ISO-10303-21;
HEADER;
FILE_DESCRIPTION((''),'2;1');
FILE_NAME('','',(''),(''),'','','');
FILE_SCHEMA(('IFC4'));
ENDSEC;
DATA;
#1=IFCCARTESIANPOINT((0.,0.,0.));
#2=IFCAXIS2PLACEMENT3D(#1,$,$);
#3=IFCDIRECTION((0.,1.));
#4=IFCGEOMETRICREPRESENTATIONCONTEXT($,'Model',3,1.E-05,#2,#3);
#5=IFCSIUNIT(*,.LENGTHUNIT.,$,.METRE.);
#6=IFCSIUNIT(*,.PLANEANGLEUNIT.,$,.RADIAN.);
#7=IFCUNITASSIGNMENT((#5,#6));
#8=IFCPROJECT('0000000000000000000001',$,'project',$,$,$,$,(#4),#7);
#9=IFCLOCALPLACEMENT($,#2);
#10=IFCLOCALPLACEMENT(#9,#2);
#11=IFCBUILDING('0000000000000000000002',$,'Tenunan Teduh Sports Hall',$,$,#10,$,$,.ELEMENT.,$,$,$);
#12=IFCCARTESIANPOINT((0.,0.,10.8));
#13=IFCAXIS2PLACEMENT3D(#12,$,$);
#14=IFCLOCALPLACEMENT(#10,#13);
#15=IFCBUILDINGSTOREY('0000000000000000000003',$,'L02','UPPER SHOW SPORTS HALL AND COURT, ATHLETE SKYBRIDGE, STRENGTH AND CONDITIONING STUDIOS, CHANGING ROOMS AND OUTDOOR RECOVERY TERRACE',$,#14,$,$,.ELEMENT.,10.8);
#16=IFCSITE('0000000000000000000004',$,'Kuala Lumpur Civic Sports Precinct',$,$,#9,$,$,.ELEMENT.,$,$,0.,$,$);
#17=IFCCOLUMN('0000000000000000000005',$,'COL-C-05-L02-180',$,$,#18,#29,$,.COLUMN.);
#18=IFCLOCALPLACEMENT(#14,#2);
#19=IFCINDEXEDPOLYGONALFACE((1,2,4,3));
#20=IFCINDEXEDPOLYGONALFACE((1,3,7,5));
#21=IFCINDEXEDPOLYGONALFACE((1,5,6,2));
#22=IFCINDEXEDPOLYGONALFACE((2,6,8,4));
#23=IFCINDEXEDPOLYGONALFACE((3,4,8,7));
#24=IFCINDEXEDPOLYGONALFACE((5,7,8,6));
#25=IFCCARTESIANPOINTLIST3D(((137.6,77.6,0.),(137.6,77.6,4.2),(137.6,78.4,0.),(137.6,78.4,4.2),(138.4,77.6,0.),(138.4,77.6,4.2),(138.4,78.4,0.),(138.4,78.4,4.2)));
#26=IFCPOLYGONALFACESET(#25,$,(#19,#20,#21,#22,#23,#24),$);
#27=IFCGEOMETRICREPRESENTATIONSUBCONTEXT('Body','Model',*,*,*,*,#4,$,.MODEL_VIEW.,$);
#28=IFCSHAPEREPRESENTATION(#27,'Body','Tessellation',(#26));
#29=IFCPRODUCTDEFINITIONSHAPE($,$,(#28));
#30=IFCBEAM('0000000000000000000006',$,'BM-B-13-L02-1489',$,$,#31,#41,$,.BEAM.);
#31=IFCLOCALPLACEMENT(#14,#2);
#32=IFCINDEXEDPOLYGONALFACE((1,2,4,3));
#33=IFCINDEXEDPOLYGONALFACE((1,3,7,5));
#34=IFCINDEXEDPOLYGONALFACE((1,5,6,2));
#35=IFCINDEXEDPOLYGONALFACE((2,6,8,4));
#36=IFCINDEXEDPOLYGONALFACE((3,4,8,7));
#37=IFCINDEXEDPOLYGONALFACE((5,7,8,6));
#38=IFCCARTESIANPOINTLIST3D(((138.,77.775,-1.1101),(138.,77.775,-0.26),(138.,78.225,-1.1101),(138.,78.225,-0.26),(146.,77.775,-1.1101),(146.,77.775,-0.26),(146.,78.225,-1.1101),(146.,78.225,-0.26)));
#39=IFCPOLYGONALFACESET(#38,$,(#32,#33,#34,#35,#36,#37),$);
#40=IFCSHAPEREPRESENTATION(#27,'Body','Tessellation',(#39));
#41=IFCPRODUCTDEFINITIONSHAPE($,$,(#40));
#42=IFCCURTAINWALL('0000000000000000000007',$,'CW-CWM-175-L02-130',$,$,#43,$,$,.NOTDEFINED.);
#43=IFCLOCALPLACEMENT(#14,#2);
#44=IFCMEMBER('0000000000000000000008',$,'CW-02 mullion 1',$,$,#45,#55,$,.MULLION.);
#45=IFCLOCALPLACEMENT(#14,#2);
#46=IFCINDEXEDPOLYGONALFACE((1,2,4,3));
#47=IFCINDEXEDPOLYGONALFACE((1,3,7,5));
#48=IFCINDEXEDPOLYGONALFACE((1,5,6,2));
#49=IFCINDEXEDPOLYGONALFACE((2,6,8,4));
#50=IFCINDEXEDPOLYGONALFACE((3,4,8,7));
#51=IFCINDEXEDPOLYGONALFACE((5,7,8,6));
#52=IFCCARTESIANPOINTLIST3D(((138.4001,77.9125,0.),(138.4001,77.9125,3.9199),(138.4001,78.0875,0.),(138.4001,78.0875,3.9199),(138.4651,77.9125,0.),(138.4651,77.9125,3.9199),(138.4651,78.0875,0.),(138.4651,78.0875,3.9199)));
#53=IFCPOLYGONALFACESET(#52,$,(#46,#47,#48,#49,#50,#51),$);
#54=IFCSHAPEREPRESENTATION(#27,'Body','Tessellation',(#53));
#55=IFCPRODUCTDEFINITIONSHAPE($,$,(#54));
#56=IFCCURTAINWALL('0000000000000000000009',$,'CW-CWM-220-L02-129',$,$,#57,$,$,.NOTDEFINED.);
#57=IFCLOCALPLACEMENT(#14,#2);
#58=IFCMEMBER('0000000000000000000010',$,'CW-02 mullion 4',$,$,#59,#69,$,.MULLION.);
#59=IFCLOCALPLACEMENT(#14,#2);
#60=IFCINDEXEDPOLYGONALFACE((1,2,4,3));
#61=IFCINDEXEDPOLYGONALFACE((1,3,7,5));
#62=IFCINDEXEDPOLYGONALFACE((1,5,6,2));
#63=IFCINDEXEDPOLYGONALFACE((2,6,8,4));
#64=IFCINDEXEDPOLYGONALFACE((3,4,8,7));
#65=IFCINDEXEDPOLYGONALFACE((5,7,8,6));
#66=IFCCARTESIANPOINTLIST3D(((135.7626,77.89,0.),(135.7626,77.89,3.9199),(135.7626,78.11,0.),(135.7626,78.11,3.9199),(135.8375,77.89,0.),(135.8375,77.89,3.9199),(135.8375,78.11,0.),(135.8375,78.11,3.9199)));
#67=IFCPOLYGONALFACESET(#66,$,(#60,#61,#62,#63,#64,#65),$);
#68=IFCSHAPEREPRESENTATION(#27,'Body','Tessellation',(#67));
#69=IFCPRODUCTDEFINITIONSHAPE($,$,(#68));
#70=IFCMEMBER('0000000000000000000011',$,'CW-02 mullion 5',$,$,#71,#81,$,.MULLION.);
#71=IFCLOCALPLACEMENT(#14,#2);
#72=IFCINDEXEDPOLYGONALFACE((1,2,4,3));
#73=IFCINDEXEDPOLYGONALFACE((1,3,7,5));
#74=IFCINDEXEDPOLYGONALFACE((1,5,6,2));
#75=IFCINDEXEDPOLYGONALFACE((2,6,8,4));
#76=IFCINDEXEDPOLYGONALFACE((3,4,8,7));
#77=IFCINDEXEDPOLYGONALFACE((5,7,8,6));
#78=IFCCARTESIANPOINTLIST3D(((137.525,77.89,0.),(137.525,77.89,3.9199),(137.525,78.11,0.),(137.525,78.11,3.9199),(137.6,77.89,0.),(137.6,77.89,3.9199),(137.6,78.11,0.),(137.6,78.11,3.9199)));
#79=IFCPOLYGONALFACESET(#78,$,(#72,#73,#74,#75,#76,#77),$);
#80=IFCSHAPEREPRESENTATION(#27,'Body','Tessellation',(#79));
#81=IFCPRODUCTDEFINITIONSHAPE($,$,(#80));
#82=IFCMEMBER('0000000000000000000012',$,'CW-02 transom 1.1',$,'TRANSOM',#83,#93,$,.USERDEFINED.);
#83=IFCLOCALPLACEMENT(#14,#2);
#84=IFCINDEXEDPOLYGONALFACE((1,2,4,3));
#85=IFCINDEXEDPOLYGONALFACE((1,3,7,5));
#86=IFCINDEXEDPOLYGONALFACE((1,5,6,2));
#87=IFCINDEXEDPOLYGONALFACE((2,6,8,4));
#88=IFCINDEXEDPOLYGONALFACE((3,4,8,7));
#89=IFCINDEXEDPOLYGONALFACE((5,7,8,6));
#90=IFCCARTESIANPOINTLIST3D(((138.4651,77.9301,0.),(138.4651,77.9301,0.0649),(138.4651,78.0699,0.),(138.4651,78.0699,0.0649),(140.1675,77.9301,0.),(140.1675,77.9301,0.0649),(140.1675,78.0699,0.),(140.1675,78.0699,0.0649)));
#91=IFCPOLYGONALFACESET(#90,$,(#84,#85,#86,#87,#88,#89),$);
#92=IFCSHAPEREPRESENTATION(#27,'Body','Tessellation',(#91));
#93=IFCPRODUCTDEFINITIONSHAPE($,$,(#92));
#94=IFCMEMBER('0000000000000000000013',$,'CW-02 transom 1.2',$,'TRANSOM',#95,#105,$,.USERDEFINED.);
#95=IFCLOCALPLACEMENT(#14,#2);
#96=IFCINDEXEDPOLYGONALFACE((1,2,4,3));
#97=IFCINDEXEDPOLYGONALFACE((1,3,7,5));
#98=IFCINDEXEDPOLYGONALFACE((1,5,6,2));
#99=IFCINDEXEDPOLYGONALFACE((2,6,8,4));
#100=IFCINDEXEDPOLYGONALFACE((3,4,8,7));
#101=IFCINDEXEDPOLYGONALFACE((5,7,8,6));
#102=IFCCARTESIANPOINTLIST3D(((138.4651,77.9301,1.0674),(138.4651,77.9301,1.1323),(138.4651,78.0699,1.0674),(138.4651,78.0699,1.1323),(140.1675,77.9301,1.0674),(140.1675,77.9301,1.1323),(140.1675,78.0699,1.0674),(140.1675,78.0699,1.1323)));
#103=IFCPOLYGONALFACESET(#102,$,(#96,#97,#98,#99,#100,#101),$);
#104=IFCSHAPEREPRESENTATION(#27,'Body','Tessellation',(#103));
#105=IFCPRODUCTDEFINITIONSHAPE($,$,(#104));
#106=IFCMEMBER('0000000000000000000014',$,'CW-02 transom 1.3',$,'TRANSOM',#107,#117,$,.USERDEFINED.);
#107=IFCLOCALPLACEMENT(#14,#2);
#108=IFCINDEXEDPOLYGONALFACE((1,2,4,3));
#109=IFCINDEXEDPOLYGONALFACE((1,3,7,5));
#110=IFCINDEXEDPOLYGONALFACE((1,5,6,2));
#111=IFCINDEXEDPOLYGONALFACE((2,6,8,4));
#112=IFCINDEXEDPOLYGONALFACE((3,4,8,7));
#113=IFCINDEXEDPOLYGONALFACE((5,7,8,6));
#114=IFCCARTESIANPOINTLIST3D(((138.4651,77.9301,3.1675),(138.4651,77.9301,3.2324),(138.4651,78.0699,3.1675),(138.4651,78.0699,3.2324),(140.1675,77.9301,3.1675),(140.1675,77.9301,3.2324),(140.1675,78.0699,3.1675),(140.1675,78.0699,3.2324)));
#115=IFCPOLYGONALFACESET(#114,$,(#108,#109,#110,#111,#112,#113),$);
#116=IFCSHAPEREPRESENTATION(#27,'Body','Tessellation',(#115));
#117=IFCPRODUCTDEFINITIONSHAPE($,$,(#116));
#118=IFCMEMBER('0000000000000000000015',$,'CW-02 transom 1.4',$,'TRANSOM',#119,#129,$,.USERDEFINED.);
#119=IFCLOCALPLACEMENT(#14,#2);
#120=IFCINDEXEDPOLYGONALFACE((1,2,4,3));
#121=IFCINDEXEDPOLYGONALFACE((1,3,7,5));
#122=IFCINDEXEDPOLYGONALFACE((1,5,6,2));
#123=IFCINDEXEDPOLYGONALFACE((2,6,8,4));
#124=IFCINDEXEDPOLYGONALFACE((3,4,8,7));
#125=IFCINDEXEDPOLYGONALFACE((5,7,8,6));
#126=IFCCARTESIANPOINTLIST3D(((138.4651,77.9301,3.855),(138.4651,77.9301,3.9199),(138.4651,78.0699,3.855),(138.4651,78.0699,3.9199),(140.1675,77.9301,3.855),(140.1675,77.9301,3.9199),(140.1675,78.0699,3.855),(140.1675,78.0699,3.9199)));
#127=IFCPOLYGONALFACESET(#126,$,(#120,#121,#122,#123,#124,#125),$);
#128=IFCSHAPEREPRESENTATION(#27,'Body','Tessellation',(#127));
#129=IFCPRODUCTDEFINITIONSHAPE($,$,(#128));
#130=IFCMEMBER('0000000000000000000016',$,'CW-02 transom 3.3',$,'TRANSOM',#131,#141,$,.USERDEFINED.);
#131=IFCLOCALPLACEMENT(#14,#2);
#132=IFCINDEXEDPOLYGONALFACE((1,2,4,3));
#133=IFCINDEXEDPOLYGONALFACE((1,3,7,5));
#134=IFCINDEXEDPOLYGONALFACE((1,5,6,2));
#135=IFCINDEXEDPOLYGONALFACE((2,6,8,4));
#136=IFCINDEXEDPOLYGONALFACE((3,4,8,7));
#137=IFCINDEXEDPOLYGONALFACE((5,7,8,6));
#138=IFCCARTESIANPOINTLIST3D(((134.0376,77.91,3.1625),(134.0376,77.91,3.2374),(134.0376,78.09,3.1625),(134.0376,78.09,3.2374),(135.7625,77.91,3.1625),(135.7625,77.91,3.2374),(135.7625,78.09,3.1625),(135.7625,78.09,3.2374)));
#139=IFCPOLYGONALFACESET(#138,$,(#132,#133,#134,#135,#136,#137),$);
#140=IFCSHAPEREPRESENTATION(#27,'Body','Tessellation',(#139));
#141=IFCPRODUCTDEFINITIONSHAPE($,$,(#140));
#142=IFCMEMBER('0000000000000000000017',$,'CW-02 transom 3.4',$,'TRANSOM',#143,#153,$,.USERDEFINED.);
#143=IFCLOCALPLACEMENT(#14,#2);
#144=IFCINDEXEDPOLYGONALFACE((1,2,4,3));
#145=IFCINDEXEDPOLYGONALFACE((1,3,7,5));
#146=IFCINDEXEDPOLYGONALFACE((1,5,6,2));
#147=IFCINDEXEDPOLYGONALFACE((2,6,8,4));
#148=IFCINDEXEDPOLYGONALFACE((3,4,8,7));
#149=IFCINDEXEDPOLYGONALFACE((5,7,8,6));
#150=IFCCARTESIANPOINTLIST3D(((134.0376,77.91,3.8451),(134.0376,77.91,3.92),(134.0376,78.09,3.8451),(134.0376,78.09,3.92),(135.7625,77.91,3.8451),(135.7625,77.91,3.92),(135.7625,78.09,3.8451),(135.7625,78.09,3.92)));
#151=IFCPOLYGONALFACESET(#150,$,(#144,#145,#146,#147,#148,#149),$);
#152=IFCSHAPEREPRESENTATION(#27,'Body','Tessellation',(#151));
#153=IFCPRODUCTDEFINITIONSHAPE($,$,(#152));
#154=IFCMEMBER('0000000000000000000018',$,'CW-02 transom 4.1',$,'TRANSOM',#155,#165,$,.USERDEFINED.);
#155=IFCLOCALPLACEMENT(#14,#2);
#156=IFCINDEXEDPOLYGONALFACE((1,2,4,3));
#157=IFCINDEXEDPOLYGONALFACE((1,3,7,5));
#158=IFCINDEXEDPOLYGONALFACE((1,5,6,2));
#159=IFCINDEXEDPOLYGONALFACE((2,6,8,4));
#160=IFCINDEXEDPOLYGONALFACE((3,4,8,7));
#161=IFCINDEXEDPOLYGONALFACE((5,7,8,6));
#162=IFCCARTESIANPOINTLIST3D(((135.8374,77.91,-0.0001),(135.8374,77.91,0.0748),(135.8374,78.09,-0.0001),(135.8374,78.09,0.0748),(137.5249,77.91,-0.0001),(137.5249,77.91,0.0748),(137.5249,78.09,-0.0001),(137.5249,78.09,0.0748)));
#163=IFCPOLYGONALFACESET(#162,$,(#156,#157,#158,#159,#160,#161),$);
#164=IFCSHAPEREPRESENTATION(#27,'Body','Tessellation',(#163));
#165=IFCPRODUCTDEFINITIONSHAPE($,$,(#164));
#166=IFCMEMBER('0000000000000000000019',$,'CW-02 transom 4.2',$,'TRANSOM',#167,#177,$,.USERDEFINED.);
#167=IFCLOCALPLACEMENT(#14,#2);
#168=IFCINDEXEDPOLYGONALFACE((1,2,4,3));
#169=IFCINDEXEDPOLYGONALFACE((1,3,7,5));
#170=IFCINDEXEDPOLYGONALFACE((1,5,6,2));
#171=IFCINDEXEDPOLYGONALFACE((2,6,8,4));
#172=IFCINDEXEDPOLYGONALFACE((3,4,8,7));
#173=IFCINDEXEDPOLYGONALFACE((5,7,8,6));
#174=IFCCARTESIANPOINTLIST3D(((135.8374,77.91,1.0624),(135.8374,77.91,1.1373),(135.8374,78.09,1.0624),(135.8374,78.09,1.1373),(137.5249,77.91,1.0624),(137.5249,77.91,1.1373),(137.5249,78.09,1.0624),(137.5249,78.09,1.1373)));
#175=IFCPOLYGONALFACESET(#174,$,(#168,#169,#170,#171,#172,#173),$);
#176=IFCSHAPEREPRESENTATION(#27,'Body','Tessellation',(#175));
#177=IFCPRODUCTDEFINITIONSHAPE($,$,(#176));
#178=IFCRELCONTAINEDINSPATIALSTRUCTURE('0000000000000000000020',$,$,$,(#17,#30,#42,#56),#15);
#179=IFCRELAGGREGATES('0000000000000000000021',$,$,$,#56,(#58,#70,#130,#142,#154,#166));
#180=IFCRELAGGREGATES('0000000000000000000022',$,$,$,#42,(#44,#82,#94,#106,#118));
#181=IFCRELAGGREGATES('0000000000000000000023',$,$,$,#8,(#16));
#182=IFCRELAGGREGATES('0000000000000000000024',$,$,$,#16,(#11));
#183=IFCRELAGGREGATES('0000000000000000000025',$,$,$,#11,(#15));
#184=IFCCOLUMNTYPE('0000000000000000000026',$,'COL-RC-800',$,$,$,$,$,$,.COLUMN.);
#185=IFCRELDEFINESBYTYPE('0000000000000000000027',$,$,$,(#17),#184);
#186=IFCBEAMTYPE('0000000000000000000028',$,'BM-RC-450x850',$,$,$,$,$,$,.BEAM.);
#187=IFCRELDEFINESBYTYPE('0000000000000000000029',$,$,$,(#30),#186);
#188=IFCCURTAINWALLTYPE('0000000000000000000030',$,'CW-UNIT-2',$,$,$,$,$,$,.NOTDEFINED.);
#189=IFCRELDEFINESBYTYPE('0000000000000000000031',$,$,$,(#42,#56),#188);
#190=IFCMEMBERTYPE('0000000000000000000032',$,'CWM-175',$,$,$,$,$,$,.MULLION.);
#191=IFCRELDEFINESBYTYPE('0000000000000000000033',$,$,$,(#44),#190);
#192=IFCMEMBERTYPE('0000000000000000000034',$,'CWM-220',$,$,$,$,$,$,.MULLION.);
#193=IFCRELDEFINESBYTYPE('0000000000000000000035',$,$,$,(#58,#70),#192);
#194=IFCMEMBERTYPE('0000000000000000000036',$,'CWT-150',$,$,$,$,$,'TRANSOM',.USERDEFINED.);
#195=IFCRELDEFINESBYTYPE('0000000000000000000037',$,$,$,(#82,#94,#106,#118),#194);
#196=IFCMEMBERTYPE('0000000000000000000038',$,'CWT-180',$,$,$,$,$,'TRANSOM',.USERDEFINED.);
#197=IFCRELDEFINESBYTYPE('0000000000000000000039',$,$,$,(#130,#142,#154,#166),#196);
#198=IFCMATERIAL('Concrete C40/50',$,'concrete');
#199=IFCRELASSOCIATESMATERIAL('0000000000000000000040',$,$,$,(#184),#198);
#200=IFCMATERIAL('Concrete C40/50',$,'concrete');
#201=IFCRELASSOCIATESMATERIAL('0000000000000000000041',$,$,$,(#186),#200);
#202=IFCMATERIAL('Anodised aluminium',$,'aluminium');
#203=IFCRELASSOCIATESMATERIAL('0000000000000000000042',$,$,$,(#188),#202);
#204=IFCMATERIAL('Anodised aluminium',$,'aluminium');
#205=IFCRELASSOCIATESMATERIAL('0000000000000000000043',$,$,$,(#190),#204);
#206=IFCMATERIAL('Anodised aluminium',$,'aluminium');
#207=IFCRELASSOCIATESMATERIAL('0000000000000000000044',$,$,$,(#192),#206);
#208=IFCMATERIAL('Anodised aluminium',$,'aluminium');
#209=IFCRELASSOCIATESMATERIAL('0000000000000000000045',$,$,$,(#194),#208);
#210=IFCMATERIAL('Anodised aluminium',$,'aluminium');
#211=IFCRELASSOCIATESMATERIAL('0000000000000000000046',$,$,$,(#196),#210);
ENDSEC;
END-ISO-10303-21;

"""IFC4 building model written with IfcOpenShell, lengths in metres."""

from ifc_helpers import new_model, si_unit, direction, frame, origin, origin_2d, place, context, subcontext, project, spatial, rectangle, extrude, material, material_profile, profile_set, type_object, element, aggregate, save


model = new_model("IFC4")

# Units and contexts
model_context = context("Model", 3, precision=1e-05, world=origin(), true_north=direction((0.0, 1.0)))
body_context = subcontext(model_context, "Body", "Model", "MODEL_VIEW")
ifc_project = project(units=[si_unit("LENGTHUNIT", "METRE"), si_unit("PLANEANGLEUNIT", "RADIAN")], contexts=[model_context])

# Site, building, storey
site_placement = place(None, origin())
site = spatial("IfcSite", under=ifc_project, at=site_placement, Name="Kuala Lumpur Civic Sports Precinct", CompositionType="ELEMENT", RefElevation=0.0)
building_placement = place(site_placement, origin())
building = spatial("IfcBuilding", under=site, at=building_placement, Name="Tenunan Teduh Sports Hall", CompositionType="ELEMENT")
storey_placement = place(building_placement, frame((0.0, 0.0, 10.8)))
storey = spatial("IfcBuildingStorey", under=building, at=storey_placement, Name="L02", Description="UPPER SHOW SPORTS HALL AND COURT, ATHLETE SKYBRIDGE, STRENGTH AND CONDITIONING STUDIOS, CHANGING ROOMS AND OUTDOOR RECOVERY TERRACE", CompositionType="ELEMENT", Elevation=10.8)

# Column
ifc_material_1 = material(Name="Concrete C40/50", Category="concrete")
ifc_material_profile_1 = material_profile(ifc_material_1, rectangle(XDim=0.8, YDim=0.8, at=origin_2d()), Name="RC 800x800")
ifc_profile_set_1 = profile_set([ifc_material_profile_1], Name="Concrete C40/50")
column_type = type_object("IfcColumnType", Name="COL-RC-800", PredefinedType="COLUMN", material=ifc_profile_set_1)
column_placement = place(storey_placement, frame((138.0, 78.0, 0.0), z_axis=(0.0, 0.0, 1.0), x_axis=(1.0, 0.0, 0.0)))
element("IfcColumn", 1, at=column_placement, inside=storey, type_object=column_type, Name="COL-C-05-L02-180", PredefinedType="COLUMN", context=body_context, shape_type="SweptSolid", body=[
    extrude(rectangle(XDim=0.8, YDim=0.8, at=origin_2d()), origin(), (0.0, 0.0, 1.0), 4.2),
])

# Beam
ifc_material_2 = material(Name="Concrete C40/50", Category="concrete")
ifc_material_profile_2 = material_profile(ifc_material_2, rectangle(XDim=0.45, YDim=0.8501, at=origin_2d()), Name="RCB 450x850")
ifc_profile_set_2 = profile_set([ifc_material_profile_2], Name="Concrete C40/50")
beam_type = type_object("IfcBeamType", Name="BM-RC-450x850", PredefinedType="BEAM", material=ifc_profile_set_2)
beam_placement = place(storey_placement, frame((138.0, 78.0, -0.6851), z_axis=(1.0, 0.0, 0.0), x_axis=(0.0, 1.0, 0.0)))
element("IfcBeam", 2, at=beam_placement, inside=storey, type_object=beam_type, Name="BM-B-13-L02-1489", PredefinedType="BEAM", context=body_context, shape_type="SweptSolid", body=[
    extrude(rectangle(XDim=0.45, YDim=0.8501, at=origin_2d()), origin(), (0.0, 0.0, 1.0), 8.0),
])

# Curtain wall, member
ifc_material_3 = material(Name="Anodised aluminium", Category="aluminium")
curtain_wall_type = type_object("IfcCurtainWallType", Name="CW-UNIT-2", PredefinedType="NOTDEFINED", material=ifc_material_3)
curtain_wall_1_placement = place(storey_placement, origin())
curtain_wall_1 = element("IfcCurtainWall", 3, at=curtain_wall_1_placement, inside=storey, type_object=curtain_wall_type, Name="CW-CWM-175-L02-130", PredefinedType="NOTDEFINED")
ifc_material_4 = material(Name="Anodised aluminium", Category="aluminium")
ifc_material_profile_3 = material_profile(ifc_material_4, rectangle(XDim=0.0649, YDim=0.175, at=origin_2d()), Name="CWM 65x175")
ifc_profile_set_3 = profile_set([ifc_material_profile_3], Name="Anodised aluminium")
member_type_1 = type_object("IfcMemberType", Name="CWM-175", PredefinedType="MULLION", material=ifc_profile_set_3)
member_1_placement = place(storey_placement, frame((138.4326, 78.0, 0.0), z_axis=(0.0, 0.0, 1.0), x_axis=(1.0, 0.0, 0.0)))
member_1 = element("IfcMember", 4, at=member_1_placement, type_object=member_type_1, Name="CW-02 mullion 1", PredefinedType="MULLION", context=body_context, shape_type="SweptSolid", body=[
    extrude(rectangle(XDim=0.0649, YDim=0.175, at=origin_2d()), origin(), (0.0, 0.0, 1.0), 3.9199),
])

# Curtain wall, members
curtain_wall_2_placement = place(storey_placement, origin())
curtain_wall_2 = element("IfcCurtainWall", 5, at=curtain_wall_2_placement, inside=storey, type_object=curtain_wall_type, Name="CW-CWM-220-L02-129", PredefinedType="NOTDEFINED")
ifc_material_5 = material(Name="Anodised aluminium", Category="aluminium")
ifc_material_profile_4 = material_profile(ifc_material_5, rectangle(XDim=0.075, YDim=0.22, at=origin_2d()), Name="CWM 75x220")
ifc_profile_set_4 = profile_set([ifc_material_profile_4], Name="Anodised aluminium")
member_type_2 = type_object("IfcMemberType", Name="CWM-220", PredefinedType="MULLION", material=ifc_profile_set_4)
member_2_placement = place(storey_placement, frame((135.8, 78.0, 0.0), z_axis=(0.0, 0.0, 1.0), x_axis=(1.0, 0.0, 0.0)))
member_2 = element("IfcMember", 6, at=member_2_placement, type_object=member_type_2, Name="CW-02 mullion 4", PredefinedType="MULLION", context=body_context, shape_type="SweptSolid", body=[
    extrude(rectangle(XDim=0.075, YDim=0.22, at=origin_2d()), origin(), (0.0, 0.0, 1.0), 3.9199),
])
member_3_placement = place(storey_placement, frame((137.5625, 78.0, 0.0), z_axis=(0.0, 0.0, 1.0), x_axis=(1.0, 0.0, 0.0)))
member_3 = element("IfcMember", 7, at=member_3_placement, type_object=member_type_2, Name="CW-02 mullion 5", PredefinedType="MULLION", context=body_context, shape_type="SweptSolid", body=[
    extrude(rectangle(XDim=0.075, YDim=0.22, at=origin_2d()), origin(), (0.0, 0.0, 1.0), 3.9199),
])

# Members
ifc_material_6 = material(Name="Anodised aluminium", Category="aluminium")
ifc_material_profile_5 = material_profile(ifc_material_6, rectangle(XDim=0.0649, YDim=0.1399, at=origin_2d()), Name="CWT 65x140")
ifc_profile_set_5 = profile_set([ifc_material_profile_5], Name="Anodised aluminium")
member_type_3 = type_object("IfcMemberType", Name="CWT-150", ElementType="TRANSOM", PredefinedType="USERDEFINED", material=ifc_profile_set_5)
member_4_placement = place(storey_placement, frame((138.4651, 78.0, 0.0325), z_axis=(1.0, 0.0, 0.0), x_axis=(0.0, 0.0, 1.0)))
member_4 = element("IfcMember", 8, at=member_4_placement, type_object=member_type_3, Name="CW-02 transom 1.1", ObjectType="TRANSOM", PredefinedType="USERDEFINED", context=body_context, shape_type="SweptSolid", body=[
    extrude(rectangle(XDim=0.0649, YDim=0.1399, at=origin_2d()), origin(), (0.0, 0.0, 1.0), 1.7024),
])
member_5_placement = place(storey_placement, frame((138.4651, 78.0, 1.0999), z_axis=(1.0, 0.0, 0.0), x_axis=(0.0, 0.0, 1.0)))
member_5 = element("IfcMember", 9, at=member_5_placement, type_object=member_type_3, Name="CW-02 transom 1.2", ObjectType="TRANSOM", PredefinedType="USERDEFINED", context=body_context, shape_type="SweptSolid", body=[
    extrude(rectangle(XDim=0.0649, YDim=0.1399, at=origin_2d()), origin(), (0.0, 0.0, 1.0), 1.7024),
])
member_6_placement = place(storey_placement, frame((138.4651, 78.0, 3.2), z_axis=(1.0, 0.0, 0.0), x_axis=(0.0, 0.0, 1.0)))
member_6 = element("IfcMember", 10, at=member_6_placement, type_object=member_type_3, Name="CW-02 transom 1.3", ObjectType="TRANSOM", PredefinedType="USERDEFINED", context=body_context, shape_type="SweptSolid", body=[
    extrude(rectangle(XDim=0.0649, YDim=0.1399, at=origin_2d()), origin(), (0.0, 0.0, 1.0), 1.7024),
])
member_7_placement = place(storey_placement, frame((138.4651, 78.0, 3.8875), z_axis=(1.0, 0.0, 0.0), x_axis=(0.0, 0.0, 1.0)))
member_7 = element("IfcMember", 11, at=member_7_placement, type_object=member_type_3, Name="CW-02 transom 1.4", ObjectType="TRANSOM", PredefinedType="USERDEFINED", context=body_context, shape_type="SweptSolid", body=[
    extrude(rectangle(XDim=0.0649, YDim=0.1399, at=origin_2d()), origin(), (0.0, 0.0, 1.0), 1.7024),
])
ifc_material_7 = material(Name="Anodised aluminium", Category="aluminium")
ifc_material_profile_6 = material_profile(ifc_material_7, rectangle(XDim=0.075, YDim=0.1799, at=origin_2d()), Name="CWT 75x180")
ifc_profile_set_6 = profile_set([ifc_material_profile_6], Name="Anodised aluminium")
member_type_4 = type_object("IfcMemberType", Name="CWT-180", ElementType="TRANSOM", PredefinedType="USERDEFINED", material=ifc_profile_set_6)
member_8_placement = place(storey_placement, frame((134.0376, 78.0, 3.2), z_axis=(1.0, 0.0, 0.0), x_axis=(0.0, 0.0, 1.0)))
member_8 = element("IfcMember", 12, at=member_8_placement, type_object=member_type_4, Name="CW-02 transom 3.3", ObjectType="TRANSOM", PredefinedType="USERDEFINED", context=body_context, shape_type="SweptSolid", body=[
    extrude(rectangle(XDim=0.075, YDim=0.1799, at=origin_2d()), origin(), (0.0, 0.0, 1.0), 1.7249),
])
member_9_placement = place(storey_placement, frame((134.0376, 78.0, 3.8826), z_axis=(1.0, 0.0, 0.0), x_axis=(0.0, 0.0, 1.0)))
member_9 = element("IfcMember", 13, at=member_9_placement, type_object=member_type_4, Name="CW-02 transom 3.4", ObjectType="TRANSOM", PredefinedType="USERDEFINED", context=body_context, shape_type="SweptSolid", body=[
    extrude(rectangle(XDim=0.075, YDim=0.1799, at=origin_2d()), origin(), (0.0, 0.0, 1.0), 1.7249),
])
member_10_placement = place(storey_placement, frame((135.8374, 78.0, 0.0374), z_axis=(1.0, 0.0, 0.0), x_axis=(0.0, 0.0, 1.0)))
member_10 = element("IfcMember", 14, at=member_10_placement, type_object=member_type_4, Name="CW-02 transom 4.1", ObjectType="TRANSOM", PredefinedType="USERDEFINED", context=body_context, shape_type="SweptSolid", body=[
    extrude(rectangle(XDim=0.075, YDim=0.1799, at=origin_2d()), origin(), (0.0, 0.0, 1.0), 1.6875),
])
member_11_placement = place(storey_placement, frame((135.8374, 78.0, 1.0999), z_axis=(1.0, 0.0, 0.0), x_axis=(0.0, 0.0, 1.0)))
member_11 = element("IfcMember", 15, at=member_11_placement, type_object=member_type_4, Name="CW-02 transom 4.2", ObjectType="TRANSOM", PredefinedType="USERDEFINED", context=body_context, shape_type="SweptSolid", body=[
    extrude(rectangle(XDim=0.075, YDim=0.1799, at=origin_2d()), origin(), (0.0, 0.0, 1.0), 1.6875),
])

aggregate(curtain_wall_2, [member_2, member_3, member_8, member_9, member_10, member_11])
aggregate(curtain_wall_1, [member_1, member_4, member_5, member_6, member_7])

save(model, "model.ifc")
